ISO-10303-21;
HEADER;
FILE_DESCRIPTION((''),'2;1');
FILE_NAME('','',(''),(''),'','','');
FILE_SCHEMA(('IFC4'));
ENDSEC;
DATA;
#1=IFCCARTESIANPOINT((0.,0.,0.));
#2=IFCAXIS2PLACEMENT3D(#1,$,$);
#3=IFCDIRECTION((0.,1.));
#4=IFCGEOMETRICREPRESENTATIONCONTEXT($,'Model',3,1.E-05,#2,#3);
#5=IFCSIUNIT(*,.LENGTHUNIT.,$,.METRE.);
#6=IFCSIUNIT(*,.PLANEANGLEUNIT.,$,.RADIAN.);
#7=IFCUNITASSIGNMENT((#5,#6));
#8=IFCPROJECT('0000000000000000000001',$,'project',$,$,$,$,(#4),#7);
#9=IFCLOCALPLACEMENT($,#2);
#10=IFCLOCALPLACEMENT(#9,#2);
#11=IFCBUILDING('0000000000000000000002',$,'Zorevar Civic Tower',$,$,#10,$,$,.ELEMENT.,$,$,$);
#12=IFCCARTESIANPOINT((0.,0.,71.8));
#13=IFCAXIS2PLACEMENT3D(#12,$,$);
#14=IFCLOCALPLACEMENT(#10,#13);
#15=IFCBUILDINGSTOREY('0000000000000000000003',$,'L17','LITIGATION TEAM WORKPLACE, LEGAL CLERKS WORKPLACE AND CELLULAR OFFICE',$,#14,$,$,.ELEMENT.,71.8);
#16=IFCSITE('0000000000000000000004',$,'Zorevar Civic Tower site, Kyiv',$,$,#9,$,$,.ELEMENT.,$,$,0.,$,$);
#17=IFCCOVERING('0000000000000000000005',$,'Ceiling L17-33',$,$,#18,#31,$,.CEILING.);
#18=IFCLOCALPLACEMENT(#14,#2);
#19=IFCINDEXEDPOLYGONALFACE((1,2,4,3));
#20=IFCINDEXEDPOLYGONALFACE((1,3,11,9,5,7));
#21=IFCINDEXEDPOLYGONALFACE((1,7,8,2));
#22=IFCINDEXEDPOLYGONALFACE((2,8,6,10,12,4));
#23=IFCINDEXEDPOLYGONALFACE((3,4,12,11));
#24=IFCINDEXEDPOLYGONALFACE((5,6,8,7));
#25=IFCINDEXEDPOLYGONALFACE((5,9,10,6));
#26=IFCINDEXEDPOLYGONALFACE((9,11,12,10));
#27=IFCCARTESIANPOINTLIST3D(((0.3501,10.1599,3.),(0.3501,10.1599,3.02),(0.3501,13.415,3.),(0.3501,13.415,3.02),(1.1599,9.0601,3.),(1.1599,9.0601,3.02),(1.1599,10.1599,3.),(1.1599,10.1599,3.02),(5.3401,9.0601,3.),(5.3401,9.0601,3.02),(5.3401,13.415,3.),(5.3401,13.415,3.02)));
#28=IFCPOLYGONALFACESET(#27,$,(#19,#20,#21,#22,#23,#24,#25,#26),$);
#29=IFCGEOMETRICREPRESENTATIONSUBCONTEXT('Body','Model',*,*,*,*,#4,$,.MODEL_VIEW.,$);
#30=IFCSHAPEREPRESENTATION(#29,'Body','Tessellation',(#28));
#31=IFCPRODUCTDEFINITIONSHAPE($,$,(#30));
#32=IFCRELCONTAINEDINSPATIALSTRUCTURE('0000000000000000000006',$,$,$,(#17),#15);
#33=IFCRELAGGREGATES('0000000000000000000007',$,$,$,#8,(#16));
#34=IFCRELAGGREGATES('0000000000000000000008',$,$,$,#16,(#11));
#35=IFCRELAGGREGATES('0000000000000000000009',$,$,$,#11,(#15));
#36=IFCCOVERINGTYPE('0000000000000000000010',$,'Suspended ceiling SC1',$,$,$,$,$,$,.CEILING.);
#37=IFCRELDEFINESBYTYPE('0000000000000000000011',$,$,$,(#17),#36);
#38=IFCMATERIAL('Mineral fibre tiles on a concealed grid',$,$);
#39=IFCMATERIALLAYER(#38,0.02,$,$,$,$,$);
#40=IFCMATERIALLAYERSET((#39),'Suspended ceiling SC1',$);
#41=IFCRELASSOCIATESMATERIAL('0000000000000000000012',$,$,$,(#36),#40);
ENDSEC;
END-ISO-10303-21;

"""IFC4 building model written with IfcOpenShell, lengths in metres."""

from ifc_helpers import new_model, si_unit, direction, frame, origin, place, context, subcontext, project, spatial, polyline, outline, extrude, material, layer, layer_set, type_object, element, save


model = new_model("IFC4")

# Units and contexts
model_context = context("Model", 3, precision=1e-05, world=origin(), true_north=direction((0.0, 1.0)))
body_context = subcontext(model_context, "Body", "Model", "MODEL_VIEW")
ifc_project = project(units=[si_unit("LENGTHUNIT", "METRE"), si_unit("PLANEANGLEUNIT", "RADIAN")], contexts=[model_context])

# Site, building, storey
site_placement = place(None, origin())
site = spatial("IfcSite", under=ifc_project, at=site_placement, Name="Zorevar Civic Tower site, Kyiv", CompositionType="ELEMENT", RefElevation=0.0)
building_placement = place(site_placement, origin())
building = spatial("IfcBuilding", under=site, at=building_placement, Name="Zorevar Civic Tower", CompositionType="ELEMENT")
storey_placement = place(building_placement, frame((0.0, 0.0, 71.8)))
storey = spatial("IfcBuildingStorey", under=building, at=storey_placement, Name="L17", Description="LITIGATION TEAM WORKPLACE, LEGAL CLERKS WORKPLACE AND CELLULAR OFFICE", CompositionType="ELEMENT", Elevation=71.8)

# Covering
ifc_material_1 = material(Name="Mineral fibre tiles on a concealed grid")
ifc_layer_1 = layer(ifc_material_1, 0.02)
ifc_layer_set_1 = layer_set([ifc_layer_1], Name="Suspended ceiling SC1")
covering_type_1 = type_object("IfcCoveringType", Name="Suspended ceiling SC1", PredefinedType="CEILING", material=ifc_layer_set_1)
covering_1_placement = place(storey_placement, frame((0.0, 0.0, 3.0)))
element("IfcCovering", 1, at=covering_1_placement, inside=storey, type_object=covering_type_1, Name="Ceiling L17-33", PredefinedType="CEILING", context=body_context, shape_type="SweptSolid", body=[
    extrude(outline(polyline([(5.3401, 9.0601), (1.1599, 9.0601), (1.1599, 10.1599), (0.3501, 10.1599), (0.3501, 13.415), (5.3401, 13.415), (5.3401, 9.0601)])), origin(), (0.0, 0.0, 1.0), 0.02),
])

save(model, "model.ifc")
